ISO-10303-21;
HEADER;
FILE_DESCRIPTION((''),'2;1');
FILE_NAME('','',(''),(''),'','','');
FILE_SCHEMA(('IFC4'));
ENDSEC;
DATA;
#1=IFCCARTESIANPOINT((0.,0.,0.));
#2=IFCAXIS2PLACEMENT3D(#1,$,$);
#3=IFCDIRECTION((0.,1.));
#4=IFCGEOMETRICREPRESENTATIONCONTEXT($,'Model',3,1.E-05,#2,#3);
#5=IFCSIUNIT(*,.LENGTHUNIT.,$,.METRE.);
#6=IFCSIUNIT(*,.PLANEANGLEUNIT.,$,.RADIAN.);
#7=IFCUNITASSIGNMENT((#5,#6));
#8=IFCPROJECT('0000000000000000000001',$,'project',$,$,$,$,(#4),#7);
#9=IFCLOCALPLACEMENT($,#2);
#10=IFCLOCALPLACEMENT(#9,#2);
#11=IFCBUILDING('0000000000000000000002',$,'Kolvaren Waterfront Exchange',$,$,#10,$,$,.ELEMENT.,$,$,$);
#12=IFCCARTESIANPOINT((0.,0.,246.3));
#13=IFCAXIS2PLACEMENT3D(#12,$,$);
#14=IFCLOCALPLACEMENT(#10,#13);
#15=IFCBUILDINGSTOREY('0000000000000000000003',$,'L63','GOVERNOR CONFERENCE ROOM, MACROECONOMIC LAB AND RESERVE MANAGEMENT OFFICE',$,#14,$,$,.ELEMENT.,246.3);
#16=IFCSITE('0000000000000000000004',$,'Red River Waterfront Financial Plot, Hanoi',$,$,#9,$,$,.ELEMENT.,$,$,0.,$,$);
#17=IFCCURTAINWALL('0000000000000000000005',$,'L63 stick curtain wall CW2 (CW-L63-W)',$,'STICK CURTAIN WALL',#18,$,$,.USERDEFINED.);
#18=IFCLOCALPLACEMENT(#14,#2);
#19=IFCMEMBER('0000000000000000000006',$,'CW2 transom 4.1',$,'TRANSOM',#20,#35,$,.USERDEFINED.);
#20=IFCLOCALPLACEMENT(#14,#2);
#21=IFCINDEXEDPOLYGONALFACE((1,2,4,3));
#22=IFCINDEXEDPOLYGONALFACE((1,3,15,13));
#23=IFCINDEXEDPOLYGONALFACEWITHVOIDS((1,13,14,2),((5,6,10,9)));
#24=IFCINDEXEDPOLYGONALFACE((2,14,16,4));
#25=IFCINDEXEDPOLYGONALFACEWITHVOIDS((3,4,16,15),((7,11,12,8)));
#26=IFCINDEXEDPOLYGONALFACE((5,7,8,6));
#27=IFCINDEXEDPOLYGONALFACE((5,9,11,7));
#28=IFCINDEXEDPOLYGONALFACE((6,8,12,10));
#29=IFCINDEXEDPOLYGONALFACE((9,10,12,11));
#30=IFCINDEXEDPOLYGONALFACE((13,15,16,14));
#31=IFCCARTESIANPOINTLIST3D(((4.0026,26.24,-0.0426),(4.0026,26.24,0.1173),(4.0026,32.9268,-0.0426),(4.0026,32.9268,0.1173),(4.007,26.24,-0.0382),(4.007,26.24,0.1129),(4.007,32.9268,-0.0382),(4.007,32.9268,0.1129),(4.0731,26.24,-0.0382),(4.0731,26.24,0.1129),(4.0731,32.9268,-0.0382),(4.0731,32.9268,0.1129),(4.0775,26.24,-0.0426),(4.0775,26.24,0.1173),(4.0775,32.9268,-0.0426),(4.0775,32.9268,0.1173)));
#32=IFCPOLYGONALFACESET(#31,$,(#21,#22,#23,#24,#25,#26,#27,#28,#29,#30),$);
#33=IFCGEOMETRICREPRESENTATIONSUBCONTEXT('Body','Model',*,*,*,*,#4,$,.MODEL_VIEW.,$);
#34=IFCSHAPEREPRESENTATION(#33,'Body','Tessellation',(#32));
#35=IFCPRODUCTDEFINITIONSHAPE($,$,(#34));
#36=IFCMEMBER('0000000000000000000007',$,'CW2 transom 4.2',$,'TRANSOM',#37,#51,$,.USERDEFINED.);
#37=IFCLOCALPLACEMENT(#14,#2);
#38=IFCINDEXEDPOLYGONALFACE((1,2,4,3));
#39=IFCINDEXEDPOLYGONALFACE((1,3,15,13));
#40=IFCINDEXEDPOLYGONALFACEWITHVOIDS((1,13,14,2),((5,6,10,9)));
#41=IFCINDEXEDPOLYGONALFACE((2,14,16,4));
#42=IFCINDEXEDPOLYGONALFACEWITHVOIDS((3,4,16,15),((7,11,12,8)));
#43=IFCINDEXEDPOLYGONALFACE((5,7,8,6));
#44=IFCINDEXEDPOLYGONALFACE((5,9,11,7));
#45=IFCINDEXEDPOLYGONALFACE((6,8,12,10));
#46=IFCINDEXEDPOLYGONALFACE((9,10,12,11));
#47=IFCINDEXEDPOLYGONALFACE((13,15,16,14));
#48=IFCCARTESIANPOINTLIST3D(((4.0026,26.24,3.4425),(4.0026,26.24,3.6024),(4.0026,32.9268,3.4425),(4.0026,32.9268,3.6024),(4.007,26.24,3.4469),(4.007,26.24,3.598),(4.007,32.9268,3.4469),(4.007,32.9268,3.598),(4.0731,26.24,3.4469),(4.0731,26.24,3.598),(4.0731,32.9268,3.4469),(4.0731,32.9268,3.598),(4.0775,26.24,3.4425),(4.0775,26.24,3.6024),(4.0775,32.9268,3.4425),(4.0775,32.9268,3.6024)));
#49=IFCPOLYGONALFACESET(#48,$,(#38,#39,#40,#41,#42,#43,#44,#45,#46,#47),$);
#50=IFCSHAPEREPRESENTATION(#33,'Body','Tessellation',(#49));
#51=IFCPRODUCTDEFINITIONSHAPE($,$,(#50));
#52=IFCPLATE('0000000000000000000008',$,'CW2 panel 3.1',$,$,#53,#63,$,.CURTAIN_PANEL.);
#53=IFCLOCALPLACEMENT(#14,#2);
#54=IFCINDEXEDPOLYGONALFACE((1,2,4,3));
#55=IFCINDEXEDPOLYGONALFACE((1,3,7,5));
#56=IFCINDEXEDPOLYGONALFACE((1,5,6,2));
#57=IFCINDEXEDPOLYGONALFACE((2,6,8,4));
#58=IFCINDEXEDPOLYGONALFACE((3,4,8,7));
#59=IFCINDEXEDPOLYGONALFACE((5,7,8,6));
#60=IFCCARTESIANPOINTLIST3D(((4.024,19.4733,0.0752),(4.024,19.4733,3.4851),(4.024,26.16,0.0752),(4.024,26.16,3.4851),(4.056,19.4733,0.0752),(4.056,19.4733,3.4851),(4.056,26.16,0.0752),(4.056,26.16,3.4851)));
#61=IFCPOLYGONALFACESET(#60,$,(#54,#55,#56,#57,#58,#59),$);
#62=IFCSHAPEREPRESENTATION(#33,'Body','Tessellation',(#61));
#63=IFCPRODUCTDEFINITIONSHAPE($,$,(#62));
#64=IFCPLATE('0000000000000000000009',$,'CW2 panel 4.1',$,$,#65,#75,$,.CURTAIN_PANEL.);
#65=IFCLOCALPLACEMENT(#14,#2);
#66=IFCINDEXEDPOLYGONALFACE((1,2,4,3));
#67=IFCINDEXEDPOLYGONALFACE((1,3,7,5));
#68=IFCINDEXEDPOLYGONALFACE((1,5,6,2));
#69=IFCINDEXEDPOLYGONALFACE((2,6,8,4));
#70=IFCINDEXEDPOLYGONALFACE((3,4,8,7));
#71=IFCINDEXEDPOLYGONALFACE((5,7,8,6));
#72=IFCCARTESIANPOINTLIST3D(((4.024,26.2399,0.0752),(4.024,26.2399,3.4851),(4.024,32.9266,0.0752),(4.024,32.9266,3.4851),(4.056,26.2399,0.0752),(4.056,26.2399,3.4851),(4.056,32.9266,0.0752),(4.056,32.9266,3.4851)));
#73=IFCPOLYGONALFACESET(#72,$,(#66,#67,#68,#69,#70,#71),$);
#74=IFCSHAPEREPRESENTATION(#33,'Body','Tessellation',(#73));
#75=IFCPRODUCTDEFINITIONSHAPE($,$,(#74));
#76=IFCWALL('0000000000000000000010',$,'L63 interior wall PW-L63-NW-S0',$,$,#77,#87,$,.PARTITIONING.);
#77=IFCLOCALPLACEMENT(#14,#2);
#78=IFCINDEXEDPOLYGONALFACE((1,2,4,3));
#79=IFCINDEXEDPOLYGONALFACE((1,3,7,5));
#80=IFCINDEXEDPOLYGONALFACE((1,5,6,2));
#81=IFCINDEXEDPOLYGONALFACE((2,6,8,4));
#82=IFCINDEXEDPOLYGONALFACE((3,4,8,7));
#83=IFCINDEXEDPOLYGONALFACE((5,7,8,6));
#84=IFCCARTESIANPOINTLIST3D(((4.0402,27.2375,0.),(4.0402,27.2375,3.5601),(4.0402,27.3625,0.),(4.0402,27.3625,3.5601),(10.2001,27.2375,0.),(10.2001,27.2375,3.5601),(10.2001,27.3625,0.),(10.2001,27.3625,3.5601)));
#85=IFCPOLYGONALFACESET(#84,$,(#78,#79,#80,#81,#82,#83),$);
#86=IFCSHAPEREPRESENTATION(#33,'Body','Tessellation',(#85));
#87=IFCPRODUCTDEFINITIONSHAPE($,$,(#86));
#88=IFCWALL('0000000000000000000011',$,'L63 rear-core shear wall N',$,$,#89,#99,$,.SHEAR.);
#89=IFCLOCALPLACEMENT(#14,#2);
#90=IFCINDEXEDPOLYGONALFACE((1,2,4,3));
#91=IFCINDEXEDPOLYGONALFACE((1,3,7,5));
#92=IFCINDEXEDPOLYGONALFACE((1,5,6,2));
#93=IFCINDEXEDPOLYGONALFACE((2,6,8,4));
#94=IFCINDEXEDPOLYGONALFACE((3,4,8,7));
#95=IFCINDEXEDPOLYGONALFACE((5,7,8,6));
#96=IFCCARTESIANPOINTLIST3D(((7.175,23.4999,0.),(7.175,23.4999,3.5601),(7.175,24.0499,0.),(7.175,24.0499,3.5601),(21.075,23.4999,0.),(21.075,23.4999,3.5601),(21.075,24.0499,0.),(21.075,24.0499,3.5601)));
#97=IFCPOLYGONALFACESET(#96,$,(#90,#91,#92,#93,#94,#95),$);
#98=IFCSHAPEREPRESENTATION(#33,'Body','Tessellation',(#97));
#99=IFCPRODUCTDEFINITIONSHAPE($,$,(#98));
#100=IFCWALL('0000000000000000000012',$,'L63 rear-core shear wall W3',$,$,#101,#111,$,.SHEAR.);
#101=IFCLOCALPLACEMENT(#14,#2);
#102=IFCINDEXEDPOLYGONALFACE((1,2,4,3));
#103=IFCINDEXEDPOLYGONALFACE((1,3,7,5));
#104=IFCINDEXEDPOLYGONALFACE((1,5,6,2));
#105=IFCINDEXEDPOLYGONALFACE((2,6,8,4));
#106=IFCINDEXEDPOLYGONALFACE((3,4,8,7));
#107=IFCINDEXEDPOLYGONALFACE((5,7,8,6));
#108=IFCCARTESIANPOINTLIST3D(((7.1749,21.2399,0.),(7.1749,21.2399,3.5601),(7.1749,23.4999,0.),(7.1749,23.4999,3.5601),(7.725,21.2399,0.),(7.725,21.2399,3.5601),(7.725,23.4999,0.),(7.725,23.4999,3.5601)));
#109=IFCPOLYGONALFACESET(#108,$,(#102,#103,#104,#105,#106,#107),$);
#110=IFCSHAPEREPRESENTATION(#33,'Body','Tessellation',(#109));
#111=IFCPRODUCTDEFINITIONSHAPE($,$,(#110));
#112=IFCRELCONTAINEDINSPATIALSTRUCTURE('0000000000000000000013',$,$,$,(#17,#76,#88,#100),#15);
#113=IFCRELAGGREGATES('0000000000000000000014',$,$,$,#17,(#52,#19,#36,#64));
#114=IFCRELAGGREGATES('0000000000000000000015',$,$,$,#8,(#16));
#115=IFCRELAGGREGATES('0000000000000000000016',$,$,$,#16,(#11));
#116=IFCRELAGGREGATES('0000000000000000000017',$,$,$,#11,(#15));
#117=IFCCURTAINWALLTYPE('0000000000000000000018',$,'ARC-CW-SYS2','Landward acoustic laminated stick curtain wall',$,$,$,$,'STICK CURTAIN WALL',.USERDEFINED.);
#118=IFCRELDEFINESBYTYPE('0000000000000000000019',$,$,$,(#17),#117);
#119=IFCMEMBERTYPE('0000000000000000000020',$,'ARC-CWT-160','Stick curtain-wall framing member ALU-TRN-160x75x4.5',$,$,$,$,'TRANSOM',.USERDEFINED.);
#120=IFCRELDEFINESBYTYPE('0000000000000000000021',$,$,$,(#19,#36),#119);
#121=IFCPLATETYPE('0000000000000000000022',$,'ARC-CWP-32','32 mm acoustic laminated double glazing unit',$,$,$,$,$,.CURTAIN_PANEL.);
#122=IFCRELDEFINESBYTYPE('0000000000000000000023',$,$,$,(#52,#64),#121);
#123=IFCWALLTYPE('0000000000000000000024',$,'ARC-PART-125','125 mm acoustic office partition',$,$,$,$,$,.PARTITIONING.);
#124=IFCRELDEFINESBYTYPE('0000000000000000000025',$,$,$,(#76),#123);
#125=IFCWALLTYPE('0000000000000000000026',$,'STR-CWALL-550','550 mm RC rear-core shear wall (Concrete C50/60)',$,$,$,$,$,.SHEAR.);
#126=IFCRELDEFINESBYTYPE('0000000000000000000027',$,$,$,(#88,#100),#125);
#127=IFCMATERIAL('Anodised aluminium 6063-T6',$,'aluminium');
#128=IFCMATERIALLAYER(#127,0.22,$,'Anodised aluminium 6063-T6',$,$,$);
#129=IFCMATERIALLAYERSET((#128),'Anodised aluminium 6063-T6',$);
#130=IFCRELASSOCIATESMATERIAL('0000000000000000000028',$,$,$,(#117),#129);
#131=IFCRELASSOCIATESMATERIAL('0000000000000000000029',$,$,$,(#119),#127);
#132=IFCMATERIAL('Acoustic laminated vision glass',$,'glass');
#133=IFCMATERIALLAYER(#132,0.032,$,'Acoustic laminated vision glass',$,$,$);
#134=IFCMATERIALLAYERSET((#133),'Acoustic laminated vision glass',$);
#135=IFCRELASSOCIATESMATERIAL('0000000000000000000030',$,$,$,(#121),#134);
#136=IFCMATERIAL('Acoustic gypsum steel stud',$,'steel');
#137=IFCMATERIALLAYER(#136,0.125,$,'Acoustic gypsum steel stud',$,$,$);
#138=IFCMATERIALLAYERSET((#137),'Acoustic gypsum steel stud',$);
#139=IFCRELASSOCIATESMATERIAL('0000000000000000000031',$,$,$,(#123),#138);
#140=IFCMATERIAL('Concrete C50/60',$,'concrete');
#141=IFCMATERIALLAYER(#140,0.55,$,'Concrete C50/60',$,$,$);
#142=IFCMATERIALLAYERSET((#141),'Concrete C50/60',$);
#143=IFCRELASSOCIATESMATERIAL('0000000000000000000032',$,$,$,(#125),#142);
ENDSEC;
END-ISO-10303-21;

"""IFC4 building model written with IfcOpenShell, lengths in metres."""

from ifc_helpers import new_model, si_unit, direction, frame, frame_2d, origin, origin_with_axes, origin_2d, place, context, subcontext, project, spatial, rectangle, hollow_rectangle, extrude, source, transform, mapped, material, layer, layer_set, material_profile, profile_set, type_object, element, aggregate, save


model = new_model("IFC4")

# Units and contexts
model_context = context("Model", 3, precision=1e-05, world=origin(), true_north=direction((0.0, 1.0)))
body_context = subcontext(model_context, "Body", "Model", "MODEL_VIEW")
ifc_project = project(units=[si_unit("LENGTHUNIT", "METRE"), si_unit("PLANEANGLEUNIT", "RADIAN")], contexts=[model_context])

# Site, building, storey
site_placement = place(None, origin())
site = spatial("IfcSite", under=ifc_project, at=site_placement, Name="Red River Waterfront Financial Plot, Hanoi", CompositionType="ELEMENT", RefElevation=0.0)
building_placement = place(site_placement, origin())
building = spatial("IfcBuilding", under=site, at=building_placement, Name="Kolvaren Waterfront Exchange", CompositionType="ELEMENT")
storey_placement = place(building_placement, frame((0.0, 0.0, 246.3)))
storey = spatial("IfcBuildingStorey", under=building, at=storey_placement, Name="L63", Description="GOVERNOR CONFERENCE ROOM, MACROECONOMIC LAB AND RESERVE MANAGEMENT OFFICE", CompositionType="ELEMENT", Elevation=246.3)

# Shared definitions
ifc_material_1 = material(Name="Concrete C50/60", Category="concrete")

# Curtain wall, members, plates
ifc_material_2 = material(Name="Anodised aluminium 6063-T6", Category="aluminium")
ifc_layer_1 = layer(ifc_material_2, 0.22, Name="Anodised aluminium 6063-T6")
ifc_layer_set_1 = layer_set([ifc_layer_1], Name="Anodised aluminium 6063-T6")
curtain_wall_type = type_object("IfcCurtainWallType", Name="ARC-CW-SYS2", Description="Landward acoustic laminated stick curtain wall", ElementType="STICK CURTAIN WALL", PredefinedType="USERDEFINED", material=ifc_layer_set_1)
curtain_wall_placement = place(storey_placement, origin())
curtain_wall = element("IfcCurtainWall", 1, at=curtain_wall_placement, inside=storey, type_object=curtain_wall_type, Name="L63 stick curtain wall CW2 (CW-L63-W)", ObjectType="STICK CURTAIN WALL", PredefinedType="USERDEFINED")
ifc_material_profile_1 = material_profile(ifc_material_2, hollow_rectangle(XDim=0.075, YDim=0.1599, WallThickness=0.0044, at=origin_2d()), Name="ALU-TRN-160x75x4.5")
ifc_profile_set_1 = profile_set([ifc_material_profile_1], Name="Anodised aluminium 6063-T6")
member_type_1 = type_object("IfcMemberType", Name="ARC-CWT-160", Description="Stick curtain-wall framing member ALU-TRN-160x75x4.5", ElementType="TRANSOM", PredefinedType="USERDEFINED", material=ifc_profile_set_1)
shared_shape_1 = source(origin_with_axes(), body_context, "Body", "SweptSolid", [
    extrude(hollow_rectangle(XDim=0.075, YDim=0.1599, WallThickness=0.0044, at=origin_2d()), origin(), (0.0, 0.0, 1.0), 6.6868),
])
member_1_placement = place(storey_placement, frame((4.04, 26.24, 0.0374), z_axis=(0.0, 1.0, 0.0), x_axis=(-1.0, 0.0, 0.0)))
member_1 = element("IfcMember", 2, at=member_1_placement, type_object=member_type_1, Name="CW2 transom 4.1", ObjectType="TRANSOM", PredefinedType="USERDEFINED", context=body_context, shape_type="MappedRepresentation", body=[
    mapped(shared_shape_1, transform((0.0, 0.0, 0.0), x_axis=(1.0, 0.0, 0.0), y_axis=(0.0, 1.0, 0.0), z_axis=(0.0, 0.0, 1.0), scale=1.0)),
])
member_2_placement = place(storey_placement, frame((4.04, 26.24, 3.5225), z_axis=(0.0, 1.0, 0.0), x_axis=(-1.0, 0.0, 0.0)))
member_2 = element("IfcMember", 3, at=member_2_placement, type_object=member_type_1, Name="CW2 transom 4.2", ObjectType="TRANSOM", PredefinedType="USERDEFINED", context=body_context, shape_type="MappedRepresentation", body=[
    mapped(shared_shape_1, transform((0.0, 0.0, 0.0), x_axis=(1.0, 0.0, 0.0), y_axis=(0.0, 1.0, 0.0), z_axis=(0.0, 0.0, 1.0), scale=1.0)),
])
ifc_material_3 = material(Name="Acoustic laminated vision glass", Category="glass")
ifc_layer_2 = layer(ifc_material_3, 0.032, Name="Acoustic laminated vision glass")
ifc_layer_set_2 = layer_set([ifc_layer_2], Name="Acoustic laminated vision glass")
plate_type = type_object("IfcPlateType", Name="ARC-CWP-32", Description="32 mm acoustic laminated double glazing unit", PredefinedType="CURTAIN_PANEL", material=ifc_layer_set_2)
shared_shape_2 = source(origin_with_axes(), body_context, "Body", "SweptSolid", [
    extrude(rectangle(XDim=6.6868, YDim=0.032, at=origin_2d()), origin(), (0.0, 0.0, 1.0), 3.4099),
])
plate_1_placement = place(storey_placement, frame((4.04, 22.8167, 0.0752), z_axis=(0.0, 0.0, 1.0), x_axis=(0.0, 1.0, 0.0)))
plate_1 = element("IfcPlate", 4, at=plate_1_placement, type_object=plate_type, Name="CW2 panel 3.1", PredefinedType="CURTAIN_PANEL", context=body_context, shape_type="MappedRepresentation", body=[
    mapped(shared_shape_2, transform((0.0, 0.0, 0.0), x_axis=(1.0, 0.0, 0.0), y_axis=(0.0, 1.0, 0.0), z_axis=(0.0, 0.0, 1.0), scale=1.0)),
])
plate_2_placement = place(storey_placement, frame((4.04, 29.5833, 0.0752), z_axis=(0.0, 0.0, 1.0), x_axis=(0.0, 1.0, 0.0)))
plate_2 = element("IfcPlate", 5, at=plate_2_placement, type_object=plate_type, Name="CW2 panel 4.1", PredefinedType="CURTAIN_PANEL", context=body_context, shape_type="MappedRepresentation", body=[
    mapped(shared_shape_2, transform((0.0, 0.0, 0.0), x_axis=(1.0, 0.0, 0.0), y_axis=(0.0, 1.0, 0.0), z_axis=(0.0, 0.0, 1.0), scale=1.0)),
])
aggregate(curtain_wall, [plate_1, member_1, member_2, plate_2])

# Wall
ifc_material_4 = material(Name="Acoustic gypsum steel stud", Category="steel")
ifc_layer_3 = layer(ifc_material_4, 0.125, Name="Acoustic gypsum steel stud")
ifc_layer_set_3 = layer_set([ifc_layer_3], Name="Acoustic gypsum steel stud")
wall_type_1 = type_object("IfcWallType", Name="ARC-PART-125", Description="125 mm acoustic office partition", PredefinedType="PARTITIONING", material=ifc_layer_set_3)
wall_1_placement = place(storey_placement, frame((4.04, 27.3, 0.0), z_axis=(0.0, 0.0, 1.0), x_axis=(1.0, 0.0, 0.0)))
element("IfcWall", 6, at=wall_1_placement, inside=storey, type_object=wall_type_1, Name="L63 interior wall PW-L63-NW-S0", PredefinedType="PARTITIONING", context=body_context, shape_type="SweptSolid", body=[
    extrude(rectangle(XDim=6.1599, YDim=0.125, at=frame_2d((3.0801, 0.0))), origin(), (0.0, 0.0, 1.0), 3.5601),
])

# Walls
ifc_layer_4 = layer(ifc_material_1, 0.55, Name="Concrete C50/60")
ifc_layer_set_4 = layer_set([ifc_layer_4], Name="Concrete C50/60")
wall_type_2 = type_object("IfcWallType", Name="STR-CWALL-550", Description="550 mm RC rear-core shear wall (Concrete C50/60)", PredefinedType="SHEAR", material=ifc_layer_set_4)
wall_2_placement = place(storey_placement, frame((7.175, 23.7749, 0.0), z_axis=(0.0, 0.0, 1.0), x_axis=(1.0, 0.0, 0.0)))
element("IfcWall", 7, at=wall_2_placement, inside=storey, type_object=wall_type_2, Name="L63 rear-core shear wall N", PredefinedType="SHEAR", context=body_context, shape_type="SweptSolid", body=[
    extrude(rectangle(XDim=13.8999, YDim=0.55, at=frame_2d((6.95, 0.0))), origin(), (0.0, 0.0, 1.0), 3.5601),
])
wall_3_placement = place(storey_placement, frame((7.45, 21.24, 0.0), z_axis=(0.0, 0.0, 1.0), x_axis=(0.0, 1.0, 0.0)))
element("IfcWall", 8, at=wall_3_placement, inside=storey, type_object=wall_type_2, Name="L63 rear-core shear wall W3", PredefinedType="SHEAR", context=body_context, shape_type="SweptSolid", body=[
    extrude(rectangle(XDim=2.26, YDim=0.55, at=frame_2d((1.1299, 0.0))), origin(), (0.0, 0.0, 1.0), 3.5601),
])

save(model, "model.ifc")
